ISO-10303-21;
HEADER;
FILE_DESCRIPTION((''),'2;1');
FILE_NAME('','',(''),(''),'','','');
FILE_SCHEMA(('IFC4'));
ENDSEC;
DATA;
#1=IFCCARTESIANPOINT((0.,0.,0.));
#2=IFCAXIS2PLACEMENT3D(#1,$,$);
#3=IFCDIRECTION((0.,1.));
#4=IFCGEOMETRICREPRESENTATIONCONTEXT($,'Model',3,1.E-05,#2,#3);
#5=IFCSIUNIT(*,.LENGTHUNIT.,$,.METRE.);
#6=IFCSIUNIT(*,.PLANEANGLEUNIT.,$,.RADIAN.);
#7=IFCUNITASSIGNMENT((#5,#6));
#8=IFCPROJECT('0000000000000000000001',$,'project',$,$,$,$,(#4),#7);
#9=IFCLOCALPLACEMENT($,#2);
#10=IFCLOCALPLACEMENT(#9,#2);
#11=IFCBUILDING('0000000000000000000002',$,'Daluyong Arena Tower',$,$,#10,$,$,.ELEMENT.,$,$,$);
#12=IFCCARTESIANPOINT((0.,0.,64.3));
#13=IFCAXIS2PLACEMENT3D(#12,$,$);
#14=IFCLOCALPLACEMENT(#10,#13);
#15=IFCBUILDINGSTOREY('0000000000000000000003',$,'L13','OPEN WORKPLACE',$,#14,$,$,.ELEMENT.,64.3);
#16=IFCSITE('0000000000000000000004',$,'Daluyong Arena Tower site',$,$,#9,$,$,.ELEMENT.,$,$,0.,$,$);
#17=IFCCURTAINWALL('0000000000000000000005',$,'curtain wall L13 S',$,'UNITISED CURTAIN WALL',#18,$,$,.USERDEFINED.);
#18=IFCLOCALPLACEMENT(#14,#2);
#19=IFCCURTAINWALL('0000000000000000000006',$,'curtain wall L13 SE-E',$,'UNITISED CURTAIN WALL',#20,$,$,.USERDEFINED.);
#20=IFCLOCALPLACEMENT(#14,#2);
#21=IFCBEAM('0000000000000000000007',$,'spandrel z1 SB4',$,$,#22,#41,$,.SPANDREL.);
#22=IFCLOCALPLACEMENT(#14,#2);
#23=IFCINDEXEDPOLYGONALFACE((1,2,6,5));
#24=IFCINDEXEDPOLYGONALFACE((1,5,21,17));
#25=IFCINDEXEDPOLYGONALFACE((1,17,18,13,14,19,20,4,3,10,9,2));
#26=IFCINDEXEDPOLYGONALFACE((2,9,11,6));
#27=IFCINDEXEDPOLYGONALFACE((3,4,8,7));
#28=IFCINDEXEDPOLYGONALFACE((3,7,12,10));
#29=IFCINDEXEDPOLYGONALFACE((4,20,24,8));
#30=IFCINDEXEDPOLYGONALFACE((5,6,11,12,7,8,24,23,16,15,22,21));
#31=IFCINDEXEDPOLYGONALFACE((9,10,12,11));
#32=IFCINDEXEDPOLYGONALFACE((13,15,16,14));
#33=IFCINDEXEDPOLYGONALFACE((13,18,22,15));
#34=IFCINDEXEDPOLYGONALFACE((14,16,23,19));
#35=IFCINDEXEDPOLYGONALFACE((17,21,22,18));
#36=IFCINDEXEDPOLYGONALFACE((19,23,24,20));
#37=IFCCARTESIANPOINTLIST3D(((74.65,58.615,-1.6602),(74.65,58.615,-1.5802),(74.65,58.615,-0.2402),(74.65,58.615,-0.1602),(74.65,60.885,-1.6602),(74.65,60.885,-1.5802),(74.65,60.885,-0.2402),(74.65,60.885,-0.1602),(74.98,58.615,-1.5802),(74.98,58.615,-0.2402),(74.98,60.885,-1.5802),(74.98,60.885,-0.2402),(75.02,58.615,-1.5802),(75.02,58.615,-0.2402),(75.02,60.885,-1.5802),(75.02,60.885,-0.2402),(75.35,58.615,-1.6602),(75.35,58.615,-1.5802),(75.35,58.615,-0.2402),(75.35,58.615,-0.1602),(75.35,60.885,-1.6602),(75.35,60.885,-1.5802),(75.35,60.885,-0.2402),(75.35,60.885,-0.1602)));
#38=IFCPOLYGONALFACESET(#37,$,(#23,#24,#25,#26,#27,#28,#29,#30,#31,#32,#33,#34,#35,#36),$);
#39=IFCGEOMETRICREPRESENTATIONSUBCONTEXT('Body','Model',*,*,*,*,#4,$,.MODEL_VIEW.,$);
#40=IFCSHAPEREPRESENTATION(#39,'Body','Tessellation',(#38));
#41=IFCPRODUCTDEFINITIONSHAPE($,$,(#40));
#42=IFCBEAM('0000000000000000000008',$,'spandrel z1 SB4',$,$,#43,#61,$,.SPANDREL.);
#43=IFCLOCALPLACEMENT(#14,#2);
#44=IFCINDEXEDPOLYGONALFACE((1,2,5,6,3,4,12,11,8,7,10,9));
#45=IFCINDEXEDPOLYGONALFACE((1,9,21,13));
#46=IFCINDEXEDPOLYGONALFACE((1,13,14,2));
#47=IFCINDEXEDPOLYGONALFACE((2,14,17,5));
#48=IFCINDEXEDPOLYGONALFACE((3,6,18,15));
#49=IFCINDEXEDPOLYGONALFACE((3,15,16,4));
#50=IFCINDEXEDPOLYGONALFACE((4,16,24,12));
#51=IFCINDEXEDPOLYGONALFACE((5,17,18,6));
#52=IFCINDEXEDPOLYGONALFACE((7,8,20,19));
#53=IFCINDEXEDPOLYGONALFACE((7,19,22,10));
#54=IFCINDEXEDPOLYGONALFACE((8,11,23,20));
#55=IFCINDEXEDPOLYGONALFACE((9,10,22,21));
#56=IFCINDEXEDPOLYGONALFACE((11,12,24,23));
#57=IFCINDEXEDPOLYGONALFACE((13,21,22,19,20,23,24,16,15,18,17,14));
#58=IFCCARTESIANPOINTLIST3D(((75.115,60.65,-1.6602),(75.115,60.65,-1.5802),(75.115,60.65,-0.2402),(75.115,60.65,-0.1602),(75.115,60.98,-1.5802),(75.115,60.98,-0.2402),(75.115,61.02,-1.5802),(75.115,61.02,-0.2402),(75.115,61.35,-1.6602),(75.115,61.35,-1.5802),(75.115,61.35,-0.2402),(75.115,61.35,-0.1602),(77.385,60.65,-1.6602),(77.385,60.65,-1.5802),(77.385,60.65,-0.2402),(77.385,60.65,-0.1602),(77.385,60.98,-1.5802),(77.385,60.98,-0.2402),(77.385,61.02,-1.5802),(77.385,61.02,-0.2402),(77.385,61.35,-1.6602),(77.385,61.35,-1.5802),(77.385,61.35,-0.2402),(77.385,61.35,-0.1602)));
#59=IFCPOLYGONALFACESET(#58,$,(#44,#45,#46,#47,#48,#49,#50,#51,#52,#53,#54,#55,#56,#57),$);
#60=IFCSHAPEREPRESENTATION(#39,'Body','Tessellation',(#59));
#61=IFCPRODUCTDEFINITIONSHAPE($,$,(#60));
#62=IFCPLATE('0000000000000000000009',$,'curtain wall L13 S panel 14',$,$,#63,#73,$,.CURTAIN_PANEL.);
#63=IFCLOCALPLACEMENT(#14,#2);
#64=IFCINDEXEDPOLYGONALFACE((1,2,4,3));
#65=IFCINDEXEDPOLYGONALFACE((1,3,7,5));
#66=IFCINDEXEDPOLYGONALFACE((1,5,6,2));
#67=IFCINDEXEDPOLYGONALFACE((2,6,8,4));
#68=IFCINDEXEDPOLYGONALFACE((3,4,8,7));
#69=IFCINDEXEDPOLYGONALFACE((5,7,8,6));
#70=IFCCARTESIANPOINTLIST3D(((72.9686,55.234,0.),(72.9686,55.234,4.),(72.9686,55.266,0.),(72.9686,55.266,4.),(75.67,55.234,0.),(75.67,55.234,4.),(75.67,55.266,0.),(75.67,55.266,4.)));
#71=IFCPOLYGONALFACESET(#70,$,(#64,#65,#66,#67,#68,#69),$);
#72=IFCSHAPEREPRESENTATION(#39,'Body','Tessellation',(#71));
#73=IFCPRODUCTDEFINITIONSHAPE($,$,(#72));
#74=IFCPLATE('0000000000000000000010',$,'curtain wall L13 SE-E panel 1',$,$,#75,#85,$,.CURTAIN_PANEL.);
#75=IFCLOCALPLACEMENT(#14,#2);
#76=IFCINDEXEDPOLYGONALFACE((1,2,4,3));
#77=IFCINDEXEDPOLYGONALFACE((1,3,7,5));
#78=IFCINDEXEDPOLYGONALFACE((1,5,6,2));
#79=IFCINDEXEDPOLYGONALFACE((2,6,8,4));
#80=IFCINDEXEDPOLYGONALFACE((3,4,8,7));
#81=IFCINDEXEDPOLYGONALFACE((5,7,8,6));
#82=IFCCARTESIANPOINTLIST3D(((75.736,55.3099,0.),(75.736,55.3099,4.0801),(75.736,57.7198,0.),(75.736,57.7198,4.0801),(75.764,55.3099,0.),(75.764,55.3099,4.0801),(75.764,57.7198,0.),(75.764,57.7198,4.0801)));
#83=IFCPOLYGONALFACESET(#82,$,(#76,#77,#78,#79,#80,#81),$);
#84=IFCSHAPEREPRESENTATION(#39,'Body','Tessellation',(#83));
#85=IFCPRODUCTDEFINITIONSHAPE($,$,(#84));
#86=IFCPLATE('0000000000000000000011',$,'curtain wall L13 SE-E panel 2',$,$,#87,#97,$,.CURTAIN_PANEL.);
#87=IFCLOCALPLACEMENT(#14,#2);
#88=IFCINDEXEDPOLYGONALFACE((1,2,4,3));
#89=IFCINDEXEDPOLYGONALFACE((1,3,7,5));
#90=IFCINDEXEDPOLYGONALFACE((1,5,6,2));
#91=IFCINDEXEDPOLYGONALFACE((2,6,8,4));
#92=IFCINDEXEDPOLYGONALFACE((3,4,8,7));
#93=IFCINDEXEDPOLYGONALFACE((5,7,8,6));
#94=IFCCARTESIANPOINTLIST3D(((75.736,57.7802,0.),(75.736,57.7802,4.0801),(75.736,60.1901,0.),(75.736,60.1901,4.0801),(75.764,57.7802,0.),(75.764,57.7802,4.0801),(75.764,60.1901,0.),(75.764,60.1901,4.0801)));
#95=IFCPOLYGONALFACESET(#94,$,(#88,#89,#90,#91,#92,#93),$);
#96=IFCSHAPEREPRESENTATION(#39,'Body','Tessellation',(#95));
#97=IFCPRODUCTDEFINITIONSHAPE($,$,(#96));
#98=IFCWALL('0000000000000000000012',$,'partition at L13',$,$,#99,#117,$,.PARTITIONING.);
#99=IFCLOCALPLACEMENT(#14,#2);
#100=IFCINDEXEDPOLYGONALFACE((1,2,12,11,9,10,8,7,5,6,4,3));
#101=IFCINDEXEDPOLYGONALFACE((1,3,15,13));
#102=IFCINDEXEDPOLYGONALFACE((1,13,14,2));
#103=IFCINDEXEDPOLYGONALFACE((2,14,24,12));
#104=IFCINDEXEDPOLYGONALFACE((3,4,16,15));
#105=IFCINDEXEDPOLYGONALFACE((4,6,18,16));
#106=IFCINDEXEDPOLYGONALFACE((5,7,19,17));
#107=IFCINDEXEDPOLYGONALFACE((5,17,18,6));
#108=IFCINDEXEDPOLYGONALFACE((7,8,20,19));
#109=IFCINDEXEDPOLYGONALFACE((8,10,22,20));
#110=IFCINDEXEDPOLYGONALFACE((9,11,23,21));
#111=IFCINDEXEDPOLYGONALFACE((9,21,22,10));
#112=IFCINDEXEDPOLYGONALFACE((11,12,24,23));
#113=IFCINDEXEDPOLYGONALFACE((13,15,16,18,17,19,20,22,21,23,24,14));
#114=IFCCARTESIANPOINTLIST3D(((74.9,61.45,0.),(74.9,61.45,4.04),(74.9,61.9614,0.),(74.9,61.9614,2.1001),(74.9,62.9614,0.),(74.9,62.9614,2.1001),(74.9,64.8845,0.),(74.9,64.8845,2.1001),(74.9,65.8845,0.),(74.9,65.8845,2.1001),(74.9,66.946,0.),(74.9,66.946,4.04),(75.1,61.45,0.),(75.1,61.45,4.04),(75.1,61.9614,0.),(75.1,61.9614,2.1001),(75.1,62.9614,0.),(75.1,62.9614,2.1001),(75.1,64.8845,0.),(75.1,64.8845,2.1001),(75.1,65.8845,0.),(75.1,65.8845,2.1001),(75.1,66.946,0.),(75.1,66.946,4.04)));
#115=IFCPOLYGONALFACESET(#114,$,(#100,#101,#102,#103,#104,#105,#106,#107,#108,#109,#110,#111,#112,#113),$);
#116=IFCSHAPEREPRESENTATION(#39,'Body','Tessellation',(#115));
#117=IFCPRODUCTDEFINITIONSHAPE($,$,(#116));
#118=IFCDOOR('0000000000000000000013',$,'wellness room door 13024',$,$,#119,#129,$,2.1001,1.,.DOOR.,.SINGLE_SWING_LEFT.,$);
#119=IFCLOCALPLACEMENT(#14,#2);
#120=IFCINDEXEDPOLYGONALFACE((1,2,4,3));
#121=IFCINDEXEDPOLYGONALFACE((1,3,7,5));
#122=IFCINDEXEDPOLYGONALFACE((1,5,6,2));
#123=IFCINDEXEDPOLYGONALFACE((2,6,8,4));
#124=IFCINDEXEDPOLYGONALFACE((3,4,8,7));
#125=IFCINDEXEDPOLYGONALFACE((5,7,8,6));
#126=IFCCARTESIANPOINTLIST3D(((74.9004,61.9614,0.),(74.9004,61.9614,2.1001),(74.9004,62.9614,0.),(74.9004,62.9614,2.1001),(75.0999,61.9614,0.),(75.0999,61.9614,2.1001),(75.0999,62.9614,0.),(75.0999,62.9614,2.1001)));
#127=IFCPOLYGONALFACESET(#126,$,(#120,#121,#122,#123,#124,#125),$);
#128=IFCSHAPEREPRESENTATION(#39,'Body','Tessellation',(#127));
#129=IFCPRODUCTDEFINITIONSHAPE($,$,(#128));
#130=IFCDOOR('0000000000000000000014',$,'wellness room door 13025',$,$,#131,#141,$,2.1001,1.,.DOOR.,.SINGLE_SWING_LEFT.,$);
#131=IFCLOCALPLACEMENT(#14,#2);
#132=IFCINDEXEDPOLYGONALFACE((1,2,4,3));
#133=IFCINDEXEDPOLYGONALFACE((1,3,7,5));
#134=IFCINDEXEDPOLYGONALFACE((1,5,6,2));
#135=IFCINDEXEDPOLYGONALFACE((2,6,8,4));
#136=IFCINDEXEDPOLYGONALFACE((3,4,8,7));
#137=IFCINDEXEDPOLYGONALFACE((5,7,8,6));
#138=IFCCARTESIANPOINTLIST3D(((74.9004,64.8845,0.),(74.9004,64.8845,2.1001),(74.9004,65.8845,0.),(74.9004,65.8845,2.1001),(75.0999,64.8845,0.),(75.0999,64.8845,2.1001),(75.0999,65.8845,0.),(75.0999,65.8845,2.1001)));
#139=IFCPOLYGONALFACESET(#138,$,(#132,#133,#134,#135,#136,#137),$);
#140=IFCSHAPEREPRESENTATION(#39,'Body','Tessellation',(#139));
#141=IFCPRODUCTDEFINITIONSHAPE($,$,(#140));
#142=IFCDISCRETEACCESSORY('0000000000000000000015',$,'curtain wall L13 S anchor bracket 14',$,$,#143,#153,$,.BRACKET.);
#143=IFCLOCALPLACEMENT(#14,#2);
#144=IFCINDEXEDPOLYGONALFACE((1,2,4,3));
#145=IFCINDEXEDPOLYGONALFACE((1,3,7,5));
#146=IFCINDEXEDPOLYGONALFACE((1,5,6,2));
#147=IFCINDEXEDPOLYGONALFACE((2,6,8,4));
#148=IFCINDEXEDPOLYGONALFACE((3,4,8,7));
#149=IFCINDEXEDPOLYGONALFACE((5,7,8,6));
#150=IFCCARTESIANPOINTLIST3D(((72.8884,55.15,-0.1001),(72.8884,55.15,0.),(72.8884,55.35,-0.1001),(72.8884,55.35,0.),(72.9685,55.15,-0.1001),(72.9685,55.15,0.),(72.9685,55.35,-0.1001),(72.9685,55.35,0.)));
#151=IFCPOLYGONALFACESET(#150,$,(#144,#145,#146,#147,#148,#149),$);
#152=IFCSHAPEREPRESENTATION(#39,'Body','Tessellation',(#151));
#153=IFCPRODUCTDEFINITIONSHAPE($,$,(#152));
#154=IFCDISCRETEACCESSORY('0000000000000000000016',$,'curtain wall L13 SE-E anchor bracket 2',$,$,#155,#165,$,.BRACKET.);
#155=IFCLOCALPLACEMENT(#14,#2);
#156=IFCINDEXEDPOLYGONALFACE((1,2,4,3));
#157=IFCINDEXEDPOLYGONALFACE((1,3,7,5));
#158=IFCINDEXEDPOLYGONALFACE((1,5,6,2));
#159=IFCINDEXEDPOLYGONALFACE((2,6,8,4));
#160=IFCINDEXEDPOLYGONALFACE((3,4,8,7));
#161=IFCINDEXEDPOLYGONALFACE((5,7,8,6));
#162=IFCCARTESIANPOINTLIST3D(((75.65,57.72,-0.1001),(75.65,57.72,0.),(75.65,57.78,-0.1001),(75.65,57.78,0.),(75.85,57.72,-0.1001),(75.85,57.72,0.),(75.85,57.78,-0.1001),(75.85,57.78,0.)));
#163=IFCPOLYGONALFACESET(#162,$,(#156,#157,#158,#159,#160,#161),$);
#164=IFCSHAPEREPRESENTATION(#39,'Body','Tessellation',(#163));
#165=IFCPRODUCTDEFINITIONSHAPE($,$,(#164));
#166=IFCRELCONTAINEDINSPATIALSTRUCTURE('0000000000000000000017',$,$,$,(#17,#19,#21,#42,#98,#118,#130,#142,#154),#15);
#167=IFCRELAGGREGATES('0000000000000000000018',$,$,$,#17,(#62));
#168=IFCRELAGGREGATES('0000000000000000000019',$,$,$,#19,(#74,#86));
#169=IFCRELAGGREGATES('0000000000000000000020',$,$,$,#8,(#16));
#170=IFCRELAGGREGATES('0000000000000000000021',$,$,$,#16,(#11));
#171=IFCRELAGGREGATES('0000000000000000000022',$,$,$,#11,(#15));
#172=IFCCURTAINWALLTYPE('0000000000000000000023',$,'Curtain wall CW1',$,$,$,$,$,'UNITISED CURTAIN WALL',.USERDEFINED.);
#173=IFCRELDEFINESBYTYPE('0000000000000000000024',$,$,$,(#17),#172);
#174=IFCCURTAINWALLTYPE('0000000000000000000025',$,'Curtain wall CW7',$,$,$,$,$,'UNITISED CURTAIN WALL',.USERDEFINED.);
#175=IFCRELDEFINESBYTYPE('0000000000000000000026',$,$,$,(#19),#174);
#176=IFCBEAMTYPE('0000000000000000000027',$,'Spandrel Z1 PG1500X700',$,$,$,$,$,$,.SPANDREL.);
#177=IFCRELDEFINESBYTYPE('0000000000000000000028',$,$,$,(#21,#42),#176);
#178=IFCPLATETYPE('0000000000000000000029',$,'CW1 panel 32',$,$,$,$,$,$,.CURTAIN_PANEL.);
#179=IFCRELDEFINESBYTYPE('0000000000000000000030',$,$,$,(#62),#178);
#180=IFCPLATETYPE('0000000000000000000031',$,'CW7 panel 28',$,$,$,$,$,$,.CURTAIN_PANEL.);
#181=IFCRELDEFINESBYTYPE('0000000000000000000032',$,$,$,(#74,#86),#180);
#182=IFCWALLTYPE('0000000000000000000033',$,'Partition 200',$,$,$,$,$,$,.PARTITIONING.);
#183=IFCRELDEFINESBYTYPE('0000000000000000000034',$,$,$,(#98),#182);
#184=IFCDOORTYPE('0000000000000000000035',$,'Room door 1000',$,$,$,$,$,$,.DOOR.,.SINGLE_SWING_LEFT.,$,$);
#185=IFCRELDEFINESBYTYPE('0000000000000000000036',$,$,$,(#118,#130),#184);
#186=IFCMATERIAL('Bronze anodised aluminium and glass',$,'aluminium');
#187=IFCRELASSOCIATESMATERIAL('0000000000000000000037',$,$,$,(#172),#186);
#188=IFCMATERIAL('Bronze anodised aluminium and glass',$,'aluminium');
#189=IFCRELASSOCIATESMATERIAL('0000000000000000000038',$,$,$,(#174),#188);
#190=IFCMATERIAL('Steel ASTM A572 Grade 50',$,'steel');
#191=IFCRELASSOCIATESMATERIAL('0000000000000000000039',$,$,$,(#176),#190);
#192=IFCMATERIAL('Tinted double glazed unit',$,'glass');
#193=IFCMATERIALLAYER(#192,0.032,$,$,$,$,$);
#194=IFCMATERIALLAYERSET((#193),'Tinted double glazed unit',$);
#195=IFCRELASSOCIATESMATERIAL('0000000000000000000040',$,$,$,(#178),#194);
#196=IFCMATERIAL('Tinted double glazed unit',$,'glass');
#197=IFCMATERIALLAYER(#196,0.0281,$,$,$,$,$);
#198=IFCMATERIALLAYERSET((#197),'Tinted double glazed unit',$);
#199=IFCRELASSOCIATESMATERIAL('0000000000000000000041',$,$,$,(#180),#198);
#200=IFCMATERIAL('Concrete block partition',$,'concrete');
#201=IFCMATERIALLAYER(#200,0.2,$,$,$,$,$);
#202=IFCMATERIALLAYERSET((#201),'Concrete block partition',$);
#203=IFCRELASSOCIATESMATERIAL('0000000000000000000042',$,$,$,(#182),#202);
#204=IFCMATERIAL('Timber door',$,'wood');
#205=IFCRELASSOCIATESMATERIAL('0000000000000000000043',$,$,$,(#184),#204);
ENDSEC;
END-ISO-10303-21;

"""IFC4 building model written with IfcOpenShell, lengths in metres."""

from ifc_helpers import new_model, si_unit, direction, frame, frame_2d, origin, origin_2d, place, context, subcontext, project, spatial, rectangle, i_section, extrude, material, layer, layer_set, material_profile, profile_set, type_object, element, fill, aggregate, save


model = new_model("IFC4")

# Units and contexts
model_context = context("Model", 3, precision=1e-05, world=origin(), true_north=direction((0.0, 1.0)))
body_context = subcontext(model_context, "Body", "Model", "MODEL_VIEW")
ifc_project = project(units=[si_unit("LENGTHUNIT", "METRE"), si_unit("PLANEANGLEUNIT", "RADIAN")], contexts=[model_context])

# Site, building, storey
site_placement = place(None, origin())
site = spatial("IfcSite", under=ifc_project, at=site_placement, Name="Daluyong Arena Tower site", CompositionType="ELEMENT", RefElevation=0.0)
building_placement = place(site_placement, origin())
building = spatial("IfcBuilding", under=site, at=building_placement, Name="Daluyong Arena Tower", CompositionType="ELEMENT")
storey_placement = place(building_placement, frame((0.0, 0.0, 64.3)))
storey = spatial("IfcBuildingStorey", under=building, at=storey_placement, Name="L13", Description="OPEN WORKPLACE", CompositionType="ELEMENT", Elevation=64.3)

# Curtain wall
ifc_material_1 = material(Name="Bronze anodised aluminium and glass", Category="aluminium")
curtain_wall_type_1 = type_object("IfcCurtainWallType", Name="Curtain wall CW1", ElementType="UNITISED CURTAIN WALL", PredefinedType="USERDEFINED", material=ifc_material_1)
curtain_wall_1_placement = place(storey_placement, origin())
curtain_wall_1 = element("IfcCurtainWall", 1, at=curtain_wall_1_placement, inside=storey, type_object=curtain_wall_type_1, Name="curtain wall L13 S", ObjectType="UNITISED CURTAIN WALL", PredefinedType="USERDEFINED")

# Shared definitions
ifc_material_2 = material(Name="Bronze anodised aluminium and glass", Category="aluminium")
curtain_wall_type_2 = type_object("IfcCurtainWallType", Name="Curtain wall CW7", ElementType="UNITISED CURTAIN WALL", PredefinedType="USERDEFINED", material=ifc_material_2)

# Curtain wall
curtain_wall_2_placement = place(storey_placement, origin())
curtain_wall_2 = element("IfcCurtainWall", 2, at=curtain_wall_2_placement, inside=storey, type_object=curtain_wall_type_2, Name="curtain wall L13 SE-E", ObjectType="UNITISED CURTAIN WALL", PredefinedType="USERDEFINED")

# Beams
ifc_material_3 = material(Name="Steel ASTM A572 Grade 50", Category="steel")
ifc_material_profile_1 = material_profile(ifc_material_3, i_section(OverallWidth=0.7, OverallDepth=1.5, WebThickness=0.04, FlangeThickness=0.08, at=origin_2d()))
ifc_profile_set_1 = profile_set([ifc_material_profile_1], Name="Steel ASTM A572 Grade 50")
beam_type_1 = type_object("IfcBeamType", Name="Spandrel Z1 PG1500X700", PredefinedType="SPANDREL", material=ifc_profile_set_1)
for number, where, z_axis, x_axis, name in (
    (3, (75.0, 58.615, -0.9102), (0.0, 1.0, 0.0), (-1.0, 0.0, 0.0), "spandrel z1 SB4"),
    (4, (75.115, 61.0, -0.9102), (1.0, 0.0, 0.0), (0.0, 1.0, 0.0), "spandrel z1 SB4"),
):
    element("IfcBeam", number, at=place(storey_placement, frame(where, z_axis=z_axis, x_axis=x_axis)), inside=storey, type_object=beam_type_1, Name=name, PredefinedType="SPANDREL", context=body_context, shape_type="SweptSolid", body=[
        extrude(i_section(OverallWidth=0.7, OverallDepth=1.5, WebThickness=0.04, FlangeThickness=0.08, at=origin_2d()), origin(), (0.0, 0.0, 1.0), 2.27),
    ])

# Plates
ifc_material_4 = material(Name="Tinted double glazed unit", Category="glass")
ifc_layer_1 = layer(ifc_material_4, 0.032)
ifc_layer_set_1 = layer_set([ifc_layer_1], Name="Tinted double glazed unit")
plate_type_1 = type_object("IfcPlateType", Name="CW1 panel 32", PredefinedType="CURTAIN_PANEL", material=ifc_layer_set_1)
plate_1_placement = place(storey_placement, frame((74.3193, 55.25, 0.0), z_axis=(0.0, 0.0, 1.0), x_axis=(1.0, 0.0, 0.0)))
plate_1 = element("IfcPlate", 5, at=plate_1_placement, type_object=plate_type_1, Name="curtain wall L13 S panel 14", PredefinedType="CURTAIN_PANEL", context=body_context, shape_type="SweptSolid", body=[
    extrude(rectangle(XDim=2.7014, YDim=0.032, at=origin_2d()), origin(), (0.0, 0.0, 1.0), 4.0),
])
aggregate(curtain_wall_1, [plate_1])
ifc_material_5 = material(Name="Tinted double glazed unit", Category="glass")
ifc_layer_2 = layer(ifc_material_5, 0.0281)
ifc_layer_set_2 = layer_set([ifc_layer_2], Name="Tinted double glazed unit")
plate_type_2 = type_object("IfcPlateType", Name="CW7 panel 28", PredefinedType="CURTAIN_PANEL", material=ifc_layer_set_2)
plate_2_placement = place(storey_placement, frame((75.75, 56.5149, 0.0), z_axis=(0.0, 0.0, 1.0), x_axis=(0.0, 1.0, 0.0)))
plate_2 = element("IfcPlate", 6, at=plate_2_placement, type_object=plate_type_2, Name="curtain wall L13 SE-E panel 1", PredefinedType="CURTAIN_PANEL", context=body_context, shape_type="SweptSolid", body=[
    extrude(rectangle(XDim=2.4099, YDim=0.0281, at=origin_2d()), origin(), (0.0, 0.0, 1.0), 4.0801),
])
plate_3_placement = place(storey_placement, frame((75.75, 58.9851, 0.0), z_axis=(0.0, 0.0, 1.0), x_axis=(0.0, 1.0, 0.0)))
plate_3 = element("IfcPlate", 7, at=plate_3_placement, type_object=plate_type_2, Name="curtain wall L13 SE-E panel 2", PredefinedType="CURTAIN_PANEL", context=body_context, shape_type="SweptSolid", body=[
    extrude(rectangle(XDim=2.4099, YDim=0.0281, at=origin_2d()), origin(), (0.0, 0.0, 1.0), 4.0801),
])
aggregate(curtain_wall_2, [plate_2, plate_3])

# Wall, openings, doors
ifc_material_6 = material(Name="Concrete block partition", Category="concrete")
ifc_layer_3 = layer(ifc_material_6, 0.2)
ifc_layer_set_3 = layer_set([ifc_layer_3], Name="Concrete block partition")
wall_type = type_object("IfcWallType", Name="Partition 200", PredefinedType="PARTITIONING", material=ifc_layer_set_3)
wall_placement = place(storey_placement, frame((75.0, 61.45, 0.0), z_axis=(0.0, 0.0, 1.0), x_axis=(0.0, 1.0, 0.0)))
wall = element("IfcWall", 8, at=wall_placement, inside=storey, type_object=wall_type, Name="partition at L13", PredefinedType="PARTITIONING", context=body_context, shape_type="SweptSolid", body=[
    extrude(rectangle(XDim=5.4961, YDim=0.2, at=frame_2d((2.748, 0.0))), origin(), (0.0, 0.0, 1.0), 4.04),
])
opening_1_placement = place(wall_placement, frame((0.5115, 0.0, 0.0)))
opening_1 = element("IfcOpeningElement", 9, at=opening_1_placement, cuts=wall, PredefinedType="OPENING", context=body_context, shape_type="SweptSolid", body=[
    extrude(rectangle(XDim=1.0, YDim=2.1001, at=frame_2d((0.5, 1.05))), frame((0.0, 0.1099, 0.0), z_axis=(0.0, -1.0, 0.0), x_axis=(1.0, 0.0, 0.0)), (0.0, 0.0, 1.0), 0.22),
])
opening_2_placement = place(wall_placement, frame((3.4346, 0.0, 0.0)))
opening_2 = element("IfcOpeningElement", 10, at=opening_2_placement, cuts=wall, PredefinedType="OPENING", context=body_context, shape_type="SweptSolid", body=[
    extrude(rectangle(XDim=1.0, YDim=2.1001, at=frame_2d((0.5, 1.05))), frame((0.0, 0.1099, 0.0), z_axis=(0.0, -1.0, 0.0), x_axis=(1.0, 0.0, 0.0)), (0.0, 0.0, 1.0), 0.22),
])
ifc_material_7 = material(Name="Timber door", Category="wood")
door_type = type_object("IfcDoorType", Name="Room door 1000", OperationType="SINGLE_SWING_LEFT", PredefinedType="DOOR", material=ifc_material_7)
door_1_placement = place(opening_1_placement, origin())
door_1 = element("IfcDoor", 11, at=door_1_placement, inside=storey, type_object=door_type, Name="wellness room door 13024", OperationType="SINGLE_SWING_LEFT", OverallHeight=2.1001, OverallWidth=1.0, PredefinedType="DOOR", context=body_context, shape_type="SweptSolid", body=[
    extrude(rectangle(XDim=1.0, YDim=2.1001, at=frame_2d((0.5, 1.05))), frame((0.0, 0.0996, 0.0), z_axis=(0.0, -1.0, 0.0), x_axis=(1.0, 0.0, 0.0)), (0.0, 0.0, 1.0), 0.1995),
])
fill(opening_1, door_1)
door_2_placement = place(opening_2_placement, origin())
door_2 = element("IfcDoor", 12, at=door_2_placement, inside=storey, type_object=door_type, Name="wellness room door 13025", OperationType="SINGLE_SWING_LEFT", OverallHeight=2.1001, OverallWidth=1.0, PredefinedType="DOOR", context=body_context, shape_type="SweptSolid", body=[
    extrude(rectangle(XDim=1.0, YDim=2.1001, at=frame_2d((0.5, 1.05))), frame((0.0, 0.0996, 0.0), z_axis=(0.0, -1.0, 0.0), x_axis=(1.0, 0.0, 0.0)), (0.0, 0.0, 1.0), 0.1995),
])
fill(opening_2, door_2)

# Discrete accessories
discrete_accessory_1_placement = place(storey_placement, frame((72.9285, 55.25, -0.1001), z_axis=(0.0, 0.0, 1.0), x_axis=(1.0, 0.0, 0.0)))
element("IfcDiscreteAccessory", 13, at=discrete_accessory_1_placement, inside=storey, Name="curtain wall L13 S anchor bracket 14", PredefinedType="BRACKET", context=body_context, shape_type="SweptSolid", body=[
    extrude(rectangle(XDim=0.0801, YDim=0.2, at=origin_2d()), origin(), (0.0, 0.0, 1.0), 0.1001),
])
discrete_accessory_2_placement = place(storey_placement, frame((75.75, 57.75, -0.1001), z_axis=(0.0, 0.0, 1.0), x_axis=(0.0, 1.0, 0.0)))
element("IfcDiscreteAccessory", 14, at=discrete_accessory_2_placement, inside=storey, Name="curtain wall L13 SE-E anchor bracket 2", PredefinedType="BRACKET", context=body_context, shape_type="SweptSolid", body=[
    extrude(rectangle(XDim=0.0601, YDim=0.2, at=origin_2d()), origin(), (0.0, 0.0, 1.0), 0.1001),
])

save(model, "model.ifc")
